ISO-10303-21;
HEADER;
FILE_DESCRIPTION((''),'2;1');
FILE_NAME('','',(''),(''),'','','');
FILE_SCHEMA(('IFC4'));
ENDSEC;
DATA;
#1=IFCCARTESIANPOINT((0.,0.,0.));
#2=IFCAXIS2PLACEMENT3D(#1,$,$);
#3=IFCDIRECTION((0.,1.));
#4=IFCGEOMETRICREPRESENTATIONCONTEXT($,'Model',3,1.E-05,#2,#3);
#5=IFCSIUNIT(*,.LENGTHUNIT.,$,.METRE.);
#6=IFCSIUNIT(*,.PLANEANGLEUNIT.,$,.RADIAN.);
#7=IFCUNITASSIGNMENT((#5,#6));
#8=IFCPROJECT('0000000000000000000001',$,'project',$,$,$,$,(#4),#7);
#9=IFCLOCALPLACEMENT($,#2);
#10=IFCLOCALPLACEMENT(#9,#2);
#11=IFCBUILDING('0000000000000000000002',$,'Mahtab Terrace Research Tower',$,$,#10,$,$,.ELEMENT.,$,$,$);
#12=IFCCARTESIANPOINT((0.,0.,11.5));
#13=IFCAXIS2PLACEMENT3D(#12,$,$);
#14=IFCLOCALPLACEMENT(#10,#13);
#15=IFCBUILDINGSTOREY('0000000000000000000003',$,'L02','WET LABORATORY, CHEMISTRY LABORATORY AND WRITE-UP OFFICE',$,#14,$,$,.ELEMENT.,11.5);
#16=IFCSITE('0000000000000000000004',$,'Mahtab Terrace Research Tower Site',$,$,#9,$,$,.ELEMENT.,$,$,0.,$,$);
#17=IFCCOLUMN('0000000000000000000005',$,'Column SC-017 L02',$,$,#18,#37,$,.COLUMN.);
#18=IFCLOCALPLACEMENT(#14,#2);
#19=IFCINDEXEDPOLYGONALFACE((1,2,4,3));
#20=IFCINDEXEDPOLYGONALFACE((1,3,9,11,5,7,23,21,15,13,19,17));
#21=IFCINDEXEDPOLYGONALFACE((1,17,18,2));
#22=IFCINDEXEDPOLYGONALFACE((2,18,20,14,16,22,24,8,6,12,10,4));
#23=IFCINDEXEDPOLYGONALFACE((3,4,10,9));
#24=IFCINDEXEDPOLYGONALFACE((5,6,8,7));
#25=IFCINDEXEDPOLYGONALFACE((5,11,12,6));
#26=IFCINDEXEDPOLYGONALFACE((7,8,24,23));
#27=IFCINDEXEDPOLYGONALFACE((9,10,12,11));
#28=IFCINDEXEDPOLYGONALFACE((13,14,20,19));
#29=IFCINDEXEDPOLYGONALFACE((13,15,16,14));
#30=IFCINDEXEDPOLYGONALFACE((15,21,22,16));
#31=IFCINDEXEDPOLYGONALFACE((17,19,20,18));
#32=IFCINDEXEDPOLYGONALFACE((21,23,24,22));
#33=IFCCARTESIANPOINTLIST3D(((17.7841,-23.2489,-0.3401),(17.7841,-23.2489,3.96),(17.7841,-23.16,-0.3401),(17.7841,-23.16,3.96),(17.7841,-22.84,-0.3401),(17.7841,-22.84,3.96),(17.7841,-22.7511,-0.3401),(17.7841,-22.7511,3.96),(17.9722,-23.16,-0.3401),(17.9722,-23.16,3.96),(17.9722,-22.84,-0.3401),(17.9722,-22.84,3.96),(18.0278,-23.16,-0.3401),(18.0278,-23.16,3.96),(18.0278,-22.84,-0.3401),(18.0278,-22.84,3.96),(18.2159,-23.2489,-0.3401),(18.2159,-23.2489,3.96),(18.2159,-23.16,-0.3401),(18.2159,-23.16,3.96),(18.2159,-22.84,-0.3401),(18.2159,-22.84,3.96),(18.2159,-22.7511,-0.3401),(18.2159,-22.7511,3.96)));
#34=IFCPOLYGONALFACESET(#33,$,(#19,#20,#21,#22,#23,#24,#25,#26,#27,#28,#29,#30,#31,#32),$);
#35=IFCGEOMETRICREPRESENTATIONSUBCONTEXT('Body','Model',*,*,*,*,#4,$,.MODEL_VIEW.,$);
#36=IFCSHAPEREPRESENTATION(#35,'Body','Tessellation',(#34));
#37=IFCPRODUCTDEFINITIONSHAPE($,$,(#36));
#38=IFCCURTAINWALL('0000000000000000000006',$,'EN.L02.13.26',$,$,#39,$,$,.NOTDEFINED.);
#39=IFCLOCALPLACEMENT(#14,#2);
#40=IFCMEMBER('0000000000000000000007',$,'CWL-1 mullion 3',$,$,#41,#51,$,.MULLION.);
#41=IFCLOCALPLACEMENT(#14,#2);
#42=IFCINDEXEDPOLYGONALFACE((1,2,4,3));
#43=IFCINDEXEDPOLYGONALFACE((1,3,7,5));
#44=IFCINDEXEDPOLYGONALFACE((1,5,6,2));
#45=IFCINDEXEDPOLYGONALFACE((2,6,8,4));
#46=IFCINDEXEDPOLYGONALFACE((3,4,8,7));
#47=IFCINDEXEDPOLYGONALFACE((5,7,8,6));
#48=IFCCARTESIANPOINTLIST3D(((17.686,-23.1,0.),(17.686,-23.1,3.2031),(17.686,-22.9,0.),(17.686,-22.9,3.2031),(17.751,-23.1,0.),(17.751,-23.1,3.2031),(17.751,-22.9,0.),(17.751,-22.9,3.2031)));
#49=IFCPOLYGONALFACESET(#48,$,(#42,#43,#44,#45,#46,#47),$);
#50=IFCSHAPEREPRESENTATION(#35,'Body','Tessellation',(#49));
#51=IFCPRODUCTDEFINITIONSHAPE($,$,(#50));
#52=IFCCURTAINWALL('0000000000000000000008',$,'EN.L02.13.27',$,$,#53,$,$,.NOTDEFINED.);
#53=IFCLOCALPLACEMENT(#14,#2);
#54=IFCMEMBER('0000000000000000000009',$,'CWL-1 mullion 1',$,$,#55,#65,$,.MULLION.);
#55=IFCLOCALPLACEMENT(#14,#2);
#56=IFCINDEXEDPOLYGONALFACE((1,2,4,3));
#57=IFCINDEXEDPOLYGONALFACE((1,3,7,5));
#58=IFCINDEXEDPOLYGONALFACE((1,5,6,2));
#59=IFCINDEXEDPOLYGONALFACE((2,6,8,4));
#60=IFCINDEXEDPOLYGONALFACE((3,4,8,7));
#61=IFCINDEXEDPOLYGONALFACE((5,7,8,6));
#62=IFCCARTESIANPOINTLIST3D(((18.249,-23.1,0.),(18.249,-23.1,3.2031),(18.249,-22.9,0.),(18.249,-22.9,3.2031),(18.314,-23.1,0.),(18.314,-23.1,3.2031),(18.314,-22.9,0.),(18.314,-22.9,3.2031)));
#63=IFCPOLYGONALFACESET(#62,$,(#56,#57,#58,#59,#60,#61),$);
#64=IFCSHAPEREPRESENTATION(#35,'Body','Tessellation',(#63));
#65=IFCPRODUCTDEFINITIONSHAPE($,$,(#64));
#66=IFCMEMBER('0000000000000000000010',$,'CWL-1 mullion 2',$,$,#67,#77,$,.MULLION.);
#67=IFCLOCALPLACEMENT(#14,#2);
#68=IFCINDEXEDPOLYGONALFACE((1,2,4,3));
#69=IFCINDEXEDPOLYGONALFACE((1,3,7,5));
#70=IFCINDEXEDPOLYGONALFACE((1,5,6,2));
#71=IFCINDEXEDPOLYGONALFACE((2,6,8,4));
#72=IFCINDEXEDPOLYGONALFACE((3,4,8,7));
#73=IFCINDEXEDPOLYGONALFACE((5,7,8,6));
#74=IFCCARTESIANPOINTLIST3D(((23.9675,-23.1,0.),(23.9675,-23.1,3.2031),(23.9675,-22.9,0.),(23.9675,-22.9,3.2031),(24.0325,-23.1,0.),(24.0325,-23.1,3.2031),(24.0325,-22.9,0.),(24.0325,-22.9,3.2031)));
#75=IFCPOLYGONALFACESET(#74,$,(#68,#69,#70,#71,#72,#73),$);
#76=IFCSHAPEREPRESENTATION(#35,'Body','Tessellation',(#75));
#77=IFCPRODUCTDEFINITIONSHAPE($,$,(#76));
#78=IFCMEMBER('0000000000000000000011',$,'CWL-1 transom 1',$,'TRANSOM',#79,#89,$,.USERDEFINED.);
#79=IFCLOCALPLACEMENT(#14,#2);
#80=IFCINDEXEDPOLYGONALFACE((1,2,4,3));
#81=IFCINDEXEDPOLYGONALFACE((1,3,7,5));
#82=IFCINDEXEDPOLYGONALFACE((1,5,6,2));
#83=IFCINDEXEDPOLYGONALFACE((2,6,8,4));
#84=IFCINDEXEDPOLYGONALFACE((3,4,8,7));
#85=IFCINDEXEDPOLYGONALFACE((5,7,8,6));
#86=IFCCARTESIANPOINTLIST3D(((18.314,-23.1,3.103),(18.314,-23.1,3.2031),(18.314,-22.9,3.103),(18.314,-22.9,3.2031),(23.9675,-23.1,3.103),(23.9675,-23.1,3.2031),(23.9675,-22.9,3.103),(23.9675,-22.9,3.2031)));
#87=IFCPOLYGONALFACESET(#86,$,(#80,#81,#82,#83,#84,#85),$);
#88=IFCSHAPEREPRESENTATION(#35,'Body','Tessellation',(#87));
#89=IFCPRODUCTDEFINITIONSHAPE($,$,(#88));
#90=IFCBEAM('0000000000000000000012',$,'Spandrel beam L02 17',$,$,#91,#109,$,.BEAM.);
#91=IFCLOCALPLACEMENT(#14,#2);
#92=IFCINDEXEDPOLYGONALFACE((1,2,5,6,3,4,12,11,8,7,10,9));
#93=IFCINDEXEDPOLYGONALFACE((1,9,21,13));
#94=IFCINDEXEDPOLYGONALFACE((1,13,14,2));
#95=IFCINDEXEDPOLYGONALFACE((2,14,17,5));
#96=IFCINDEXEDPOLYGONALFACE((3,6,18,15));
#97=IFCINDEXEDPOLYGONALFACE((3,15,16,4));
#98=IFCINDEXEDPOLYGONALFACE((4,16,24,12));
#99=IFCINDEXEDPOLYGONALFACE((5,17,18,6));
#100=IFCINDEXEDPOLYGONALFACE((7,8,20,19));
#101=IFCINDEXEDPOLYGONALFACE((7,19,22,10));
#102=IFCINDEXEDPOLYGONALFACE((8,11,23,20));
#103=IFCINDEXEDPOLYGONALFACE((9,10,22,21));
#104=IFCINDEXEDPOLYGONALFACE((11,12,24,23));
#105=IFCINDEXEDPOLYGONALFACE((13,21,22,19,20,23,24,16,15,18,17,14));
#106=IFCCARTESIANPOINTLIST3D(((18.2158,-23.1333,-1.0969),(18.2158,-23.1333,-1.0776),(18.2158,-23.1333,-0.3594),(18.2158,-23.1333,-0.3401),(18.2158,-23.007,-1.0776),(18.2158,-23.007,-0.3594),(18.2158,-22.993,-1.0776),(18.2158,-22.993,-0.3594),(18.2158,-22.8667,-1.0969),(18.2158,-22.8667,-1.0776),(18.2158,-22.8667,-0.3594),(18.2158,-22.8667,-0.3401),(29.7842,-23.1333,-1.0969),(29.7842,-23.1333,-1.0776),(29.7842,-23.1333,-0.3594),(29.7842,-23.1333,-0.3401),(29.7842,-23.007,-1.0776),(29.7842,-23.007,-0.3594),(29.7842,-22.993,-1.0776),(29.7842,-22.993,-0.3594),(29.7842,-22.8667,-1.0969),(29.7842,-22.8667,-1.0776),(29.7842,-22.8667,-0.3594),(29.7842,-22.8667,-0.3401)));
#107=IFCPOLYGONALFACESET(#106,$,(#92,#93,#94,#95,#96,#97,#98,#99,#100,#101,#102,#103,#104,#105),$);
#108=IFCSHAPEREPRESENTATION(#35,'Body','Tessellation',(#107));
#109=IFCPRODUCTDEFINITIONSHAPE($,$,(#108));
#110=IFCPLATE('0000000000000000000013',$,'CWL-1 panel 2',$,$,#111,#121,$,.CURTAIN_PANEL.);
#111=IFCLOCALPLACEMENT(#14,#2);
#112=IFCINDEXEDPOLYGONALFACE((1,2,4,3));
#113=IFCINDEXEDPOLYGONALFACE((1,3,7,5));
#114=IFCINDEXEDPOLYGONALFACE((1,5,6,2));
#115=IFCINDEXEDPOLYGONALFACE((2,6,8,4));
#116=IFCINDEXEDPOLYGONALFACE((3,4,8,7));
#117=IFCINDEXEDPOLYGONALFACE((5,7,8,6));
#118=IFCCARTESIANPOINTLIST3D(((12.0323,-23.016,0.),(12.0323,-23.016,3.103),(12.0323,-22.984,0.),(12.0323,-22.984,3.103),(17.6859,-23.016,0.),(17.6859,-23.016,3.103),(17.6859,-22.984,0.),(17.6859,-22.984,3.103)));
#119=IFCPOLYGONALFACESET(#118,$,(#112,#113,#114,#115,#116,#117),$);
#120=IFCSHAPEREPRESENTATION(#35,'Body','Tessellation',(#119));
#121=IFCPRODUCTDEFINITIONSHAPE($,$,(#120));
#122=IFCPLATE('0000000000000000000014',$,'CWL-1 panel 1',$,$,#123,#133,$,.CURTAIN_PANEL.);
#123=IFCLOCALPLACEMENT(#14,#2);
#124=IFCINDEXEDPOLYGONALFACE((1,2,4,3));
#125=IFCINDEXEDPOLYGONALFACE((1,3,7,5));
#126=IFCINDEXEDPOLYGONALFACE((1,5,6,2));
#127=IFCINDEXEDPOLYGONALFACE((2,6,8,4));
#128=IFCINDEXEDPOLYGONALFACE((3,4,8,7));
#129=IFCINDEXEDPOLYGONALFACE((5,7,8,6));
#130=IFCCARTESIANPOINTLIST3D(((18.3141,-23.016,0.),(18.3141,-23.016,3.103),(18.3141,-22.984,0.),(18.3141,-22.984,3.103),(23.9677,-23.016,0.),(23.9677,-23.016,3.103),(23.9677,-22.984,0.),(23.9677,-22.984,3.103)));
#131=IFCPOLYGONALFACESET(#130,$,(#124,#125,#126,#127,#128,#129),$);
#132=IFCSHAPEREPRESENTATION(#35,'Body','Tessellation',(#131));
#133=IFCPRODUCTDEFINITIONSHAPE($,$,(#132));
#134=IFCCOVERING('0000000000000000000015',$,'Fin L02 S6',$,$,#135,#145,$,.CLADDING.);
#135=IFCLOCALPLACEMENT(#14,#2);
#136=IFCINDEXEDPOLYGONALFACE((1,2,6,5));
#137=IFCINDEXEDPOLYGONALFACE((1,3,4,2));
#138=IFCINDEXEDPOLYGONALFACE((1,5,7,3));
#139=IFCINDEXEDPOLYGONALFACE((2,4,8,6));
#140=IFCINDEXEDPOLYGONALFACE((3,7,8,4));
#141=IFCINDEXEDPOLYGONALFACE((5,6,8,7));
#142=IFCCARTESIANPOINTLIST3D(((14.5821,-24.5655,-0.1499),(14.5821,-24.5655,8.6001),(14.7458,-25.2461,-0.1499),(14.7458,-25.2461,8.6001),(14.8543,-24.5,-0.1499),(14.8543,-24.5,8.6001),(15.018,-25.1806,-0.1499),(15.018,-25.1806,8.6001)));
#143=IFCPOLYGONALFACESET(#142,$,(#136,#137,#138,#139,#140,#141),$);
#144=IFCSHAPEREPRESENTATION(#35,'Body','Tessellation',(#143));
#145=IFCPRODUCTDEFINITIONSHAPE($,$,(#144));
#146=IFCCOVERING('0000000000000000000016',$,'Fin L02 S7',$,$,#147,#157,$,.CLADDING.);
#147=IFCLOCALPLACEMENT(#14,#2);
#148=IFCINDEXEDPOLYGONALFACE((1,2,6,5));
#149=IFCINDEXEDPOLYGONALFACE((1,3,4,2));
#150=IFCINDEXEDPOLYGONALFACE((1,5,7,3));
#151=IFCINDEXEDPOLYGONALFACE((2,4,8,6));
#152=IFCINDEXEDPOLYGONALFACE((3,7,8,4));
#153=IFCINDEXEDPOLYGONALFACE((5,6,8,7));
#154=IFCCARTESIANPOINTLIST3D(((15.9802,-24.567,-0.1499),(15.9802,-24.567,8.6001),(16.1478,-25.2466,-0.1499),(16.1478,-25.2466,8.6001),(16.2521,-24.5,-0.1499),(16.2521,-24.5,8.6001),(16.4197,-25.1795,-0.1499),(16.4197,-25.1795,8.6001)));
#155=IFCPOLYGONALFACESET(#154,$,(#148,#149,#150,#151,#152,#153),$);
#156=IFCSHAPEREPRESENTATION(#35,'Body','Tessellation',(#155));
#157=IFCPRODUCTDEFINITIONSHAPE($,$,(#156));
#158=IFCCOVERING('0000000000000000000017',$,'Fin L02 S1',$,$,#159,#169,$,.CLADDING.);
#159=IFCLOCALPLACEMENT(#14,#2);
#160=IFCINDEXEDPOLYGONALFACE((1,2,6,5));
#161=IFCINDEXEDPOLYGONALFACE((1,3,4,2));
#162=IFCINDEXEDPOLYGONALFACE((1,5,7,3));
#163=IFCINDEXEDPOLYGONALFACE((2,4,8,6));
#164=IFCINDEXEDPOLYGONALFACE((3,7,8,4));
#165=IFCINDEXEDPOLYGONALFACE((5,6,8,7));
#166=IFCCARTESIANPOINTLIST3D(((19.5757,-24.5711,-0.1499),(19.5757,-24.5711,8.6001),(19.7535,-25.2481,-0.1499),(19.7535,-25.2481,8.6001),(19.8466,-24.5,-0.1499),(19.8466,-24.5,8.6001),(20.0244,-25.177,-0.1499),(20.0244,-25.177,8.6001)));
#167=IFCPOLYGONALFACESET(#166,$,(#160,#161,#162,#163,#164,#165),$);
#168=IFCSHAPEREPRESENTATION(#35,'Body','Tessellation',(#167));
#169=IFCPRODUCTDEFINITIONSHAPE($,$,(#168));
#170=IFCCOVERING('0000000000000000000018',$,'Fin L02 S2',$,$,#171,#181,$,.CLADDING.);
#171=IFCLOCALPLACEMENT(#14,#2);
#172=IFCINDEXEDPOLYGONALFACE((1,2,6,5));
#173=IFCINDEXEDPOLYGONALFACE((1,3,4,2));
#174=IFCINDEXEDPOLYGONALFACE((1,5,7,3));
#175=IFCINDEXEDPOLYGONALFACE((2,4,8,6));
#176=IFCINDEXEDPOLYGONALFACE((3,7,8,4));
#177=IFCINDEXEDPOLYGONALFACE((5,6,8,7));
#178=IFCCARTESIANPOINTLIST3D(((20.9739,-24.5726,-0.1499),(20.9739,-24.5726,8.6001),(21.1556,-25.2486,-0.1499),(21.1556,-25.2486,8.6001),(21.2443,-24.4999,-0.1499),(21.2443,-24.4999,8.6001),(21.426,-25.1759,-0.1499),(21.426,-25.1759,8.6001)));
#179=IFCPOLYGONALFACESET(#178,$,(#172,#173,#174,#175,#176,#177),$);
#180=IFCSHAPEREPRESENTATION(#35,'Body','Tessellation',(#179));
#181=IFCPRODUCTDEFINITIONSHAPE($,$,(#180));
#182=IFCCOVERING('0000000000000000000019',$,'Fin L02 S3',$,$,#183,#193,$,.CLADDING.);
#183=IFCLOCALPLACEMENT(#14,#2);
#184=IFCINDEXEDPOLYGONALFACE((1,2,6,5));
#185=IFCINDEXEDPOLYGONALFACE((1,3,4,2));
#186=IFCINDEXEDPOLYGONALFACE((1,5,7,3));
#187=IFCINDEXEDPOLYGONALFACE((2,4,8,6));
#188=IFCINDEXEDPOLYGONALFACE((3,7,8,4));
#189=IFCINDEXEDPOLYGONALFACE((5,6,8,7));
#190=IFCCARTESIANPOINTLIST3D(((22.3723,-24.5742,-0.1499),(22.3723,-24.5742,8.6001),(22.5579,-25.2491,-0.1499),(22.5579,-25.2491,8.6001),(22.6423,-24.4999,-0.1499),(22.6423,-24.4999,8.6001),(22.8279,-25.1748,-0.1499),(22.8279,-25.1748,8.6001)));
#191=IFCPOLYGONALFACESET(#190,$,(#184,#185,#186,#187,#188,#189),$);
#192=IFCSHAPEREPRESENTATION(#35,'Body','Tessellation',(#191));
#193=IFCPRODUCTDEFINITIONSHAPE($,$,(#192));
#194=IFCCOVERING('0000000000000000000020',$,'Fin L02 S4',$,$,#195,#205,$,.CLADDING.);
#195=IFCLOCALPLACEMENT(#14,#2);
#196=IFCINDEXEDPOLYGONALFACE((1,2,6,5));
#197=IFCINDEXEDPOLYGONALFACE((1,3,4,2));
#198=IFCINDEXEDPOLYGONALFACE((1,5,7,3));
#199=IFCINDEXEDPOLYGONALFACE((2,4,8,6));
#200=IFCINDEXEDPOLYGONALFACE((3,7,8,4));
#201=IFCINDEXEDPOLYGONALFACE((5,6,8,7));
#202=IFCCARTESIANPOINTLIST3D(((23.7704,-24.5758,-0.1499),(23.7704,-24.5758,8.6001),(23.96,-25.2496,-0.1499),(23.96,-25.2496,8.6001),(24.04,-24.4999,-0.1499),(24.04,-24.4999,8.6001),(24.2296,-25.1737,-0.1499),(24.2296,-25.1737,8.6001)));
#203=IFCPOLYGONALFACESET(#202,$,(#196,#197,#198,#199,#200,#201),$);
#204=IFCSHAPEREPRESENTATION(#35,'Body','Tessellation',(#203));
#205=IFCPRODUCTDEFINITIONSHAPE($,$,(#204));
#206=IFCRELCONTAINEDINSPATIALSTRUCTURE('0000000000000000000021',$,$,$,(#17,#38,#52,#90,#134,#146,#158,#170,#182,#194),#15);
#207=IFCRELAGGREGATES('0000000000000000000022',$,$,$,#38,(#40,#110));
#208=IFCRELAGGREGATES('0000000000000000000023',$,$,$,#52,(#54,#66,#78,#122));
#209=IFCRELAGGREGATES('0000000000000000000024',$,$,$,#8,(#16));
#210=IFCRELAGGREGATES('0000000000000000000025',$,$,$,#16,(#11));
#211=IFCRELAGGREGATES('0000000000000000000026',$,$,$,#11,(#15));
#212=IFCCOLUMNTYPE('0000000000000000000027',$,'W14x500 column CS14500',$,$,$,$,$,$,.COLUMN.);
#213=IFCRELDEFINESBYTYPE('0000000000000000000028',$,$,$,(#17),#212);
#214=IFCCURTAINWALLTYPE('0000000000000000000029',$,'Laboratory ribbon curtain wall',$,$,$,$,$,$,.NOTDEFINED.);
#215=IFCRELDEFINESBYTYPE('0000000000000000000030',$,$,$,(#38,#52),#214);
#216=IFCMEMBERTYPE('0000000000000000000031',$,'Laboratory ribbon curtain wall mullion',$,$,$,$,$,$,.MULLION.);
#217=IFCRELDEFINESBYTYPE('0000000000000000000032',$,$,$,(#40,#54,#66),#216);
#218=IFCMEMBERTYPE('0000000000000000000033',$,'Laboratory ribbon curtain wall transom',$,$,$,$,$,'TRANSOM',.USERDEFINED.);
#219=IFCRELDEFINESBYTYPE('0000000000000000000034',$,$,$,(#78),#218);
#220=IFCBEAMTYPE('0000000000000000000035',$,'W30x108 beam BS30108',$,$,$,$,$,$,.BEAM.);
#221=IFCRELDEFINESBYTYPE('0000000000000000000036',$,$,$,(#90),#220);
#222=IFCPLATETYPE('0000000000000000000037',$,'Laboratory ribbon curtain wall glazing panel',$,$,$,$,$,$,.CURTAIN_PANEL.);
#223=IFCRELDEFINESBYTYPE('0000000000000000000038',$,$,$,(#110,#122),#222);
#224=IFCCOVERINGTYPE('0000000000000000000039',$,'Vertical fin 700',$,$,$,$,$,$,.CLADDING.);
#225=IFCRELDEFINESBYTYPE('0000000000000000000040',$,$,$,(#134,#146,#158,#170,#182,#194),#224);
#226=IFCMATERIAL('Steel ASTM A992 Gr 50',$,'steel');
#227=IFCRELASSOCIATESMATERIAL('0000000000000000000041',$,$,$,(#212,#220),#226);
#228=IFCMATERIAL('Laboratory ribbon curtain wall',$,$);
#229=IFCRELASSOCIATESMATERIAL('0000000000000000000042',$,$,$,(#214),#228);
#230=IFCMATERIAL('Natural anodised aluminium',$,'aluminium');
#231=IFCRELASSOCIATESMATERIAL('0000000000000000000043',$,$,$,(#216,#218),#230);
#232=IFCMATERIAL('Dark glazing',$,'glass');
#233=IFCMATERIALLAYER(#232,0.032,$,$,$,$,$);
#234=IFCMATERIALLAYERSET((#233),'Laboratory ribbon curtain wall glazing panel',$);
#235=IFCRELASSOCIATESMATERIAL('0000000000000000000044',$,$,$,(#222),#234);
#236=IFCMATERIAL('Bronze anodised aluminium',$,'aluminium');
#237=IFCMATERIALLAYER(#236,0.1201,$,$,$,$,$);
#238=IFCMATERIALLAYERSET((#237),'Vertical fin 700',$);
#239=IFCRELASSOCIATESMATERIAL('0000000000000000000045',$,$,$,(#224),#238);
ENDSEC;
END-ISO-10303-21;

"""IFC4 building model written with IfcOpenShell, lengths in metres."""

from ifc_helpers import new_model, si_unit, direction, frame, origin, origin_2d, place, context, subcontext, project, spatial, rectangle, i_section, extrude, material, layer, layer_set, material_profile, profile_set, type_object, element, aggregate, save


model = new_model("IFC4")

# Units and contexts
model_context = context("Model", 3, precision=1e-05, world=origin(), true_north=direction((0.0, 1.0)))
body_context = subcontext(model_context, "Body", "Model", "MODEL_VIEW")
ifc_project = project(units=[si_unit("LENGTHUNIT", "METRE"), si_unit("PLANEANGLEUNIT", "RADIAN")], contexts=[model_context])

# Site, building, storey
site_placement = place(None, origin())
site = spatial("IfcSite", under=ifc_project, at=site_placement, Name="Mahtab Terrace Research Tower Site", CompositionType="ELEMENT", RefElevation=0.0)
building_placement = place(site_placement, origin())
building = spatial("IfcBuilding", under=site, at=building_placement, Name="Mahtab Terrace Research Tower", CompositionType="ELEMENT")
storey_placement = place(building_placement, frame((0.0, 0.0, 11.5)))
storey = spatial("IfcBuildingStorey", under=building, at=storey_placement, Name="L02", Description="WET LABORATORY, CHEMISTRY LABORATORY AND WRITE-UP OFFICE", CompositionType="ELEMENT", Elevation=11.5)

# Column
ifc_material_1 = material(Name="Steel ASTM A992 Gr 50", Category="steel")
ifc_material_profile_1 = material_profile(ifc_material_1, i_section(OverallWidth=0.4319, OverallDepth=0.4978, WebThickness=0.0557, FlangeThickness=0.0889, at=origin_2d()), Name="W14X500")
ifc_profile_set_1 = profile_set([ifc_material_profile_1], Name="Steel ASTM A992 Gr 50")
column_type = type_object("IfcColumnType", Name="W14x500 column CS14500", PredefinedType="COLUMN", material=ifc_profile_set_1)
column_placement = place(storey_placement, frame((18.0, -23.0, -0.3401), z_axis=(0.0, 0.0, 1.0), x_axis=(1.0, 0.0, 0.0)))
element("IfcColumn", 1, at=column_placement, inside=storey, type_object=column_type, Name="Column SC-017 L02", PredefinedType="COLUMN", context=body_context, shape_type="SweptSolid", body=[
    extrude(i_section(OverallWidth=0.4319, OverallDepth=0.4978, WebThickness=0.0557, FlangeThickness=0.0889, at=origin_2d()), origin(), (0.0, 0.0, 1.0), 4.3),
])

# Curtain wall, member
ifc_material_2 = material(Name="Laboratory ribbon curtain wall")
curtain_wall_type = type_object("IfcCurtainWallType", Name="Laboratory ribbon curtain wall", PredefinedType="NOTDEFINED", material=ifc_material_2)
curtain_wall_1_placement = place(storey_placement, origin())
curtain_wall_1 = element("IfcCurtainWall", 2, at=curtain_wall_1_placement, inside=storey, type_object=curtain_wall_type, Name="EN.L02.13.26", PredefinedType="NOTDEFINED")
ifc_material_3 = material(Name="Natural anodised aluminium", Category="aluminium")
ifc_material_profile_2 = material_profile(ifc_material_3, rectangle(XDim=0.2, YDim=0.0649, at=origin_2d()), Name="MULLION 65x200")
ifc_profile_set_2 = profile_set([ifc_material_profile_2], Name="Natural anodised aluminium")
member_type_1 = type_object("IfcMemberType", Name="Laboratory ribbon curtain wall mullion", PredefinedType="MULLION", material=ifc_profile_set_2)
member_1_placement = place(storey_placement, frame((17.7185, -23.0, 0.0), z_axis=(0.0, 0.0, 1.0), x_axis=(0.0, 1.0, 0.0)))
member_1 = element("IfcMember", 3, at=member_1_placement, type_object=member_type_1, Name="CWL-1 mullion 3", PredefinedType="MULLION", context=body_context, shape_type="SweptSolid", body=[
    extrude(rectangle(XDim=0.2, YDim=0.0649, at=origin_2d()), origin(), (0.0, 0.0, 1.0), 3.2031),
])

# Curtain wall, members
curtain_wall_2_placement = place(storey_placement, origin())
curtain_wall_2 = element("IfcCurtainWall", 4, at=curtain_wall_2_placement, inside=storey, type_object=curtain_wall_type, Name="EN.L02.13.27", PredefinedType="NOTDEFINED")
member_2_placement = place(storey_placement, frame((18.2815, -23.0, 0.0), z_axis=(0.0, 0.0, 1.0), x_axis=(0.0, 1.0, 0.0)))
member_2 = element("IfcMember", 5, at=member_2_placement, type_object=member_type_1, Name="CWL-1 mullion 1", PredefinedType="MULLION", context=body_context, shape_type="SweptSolid", body=[
    extrude(rectangle(XDim=0.2, YDim=0.0649, at=origin_2d()), origin(), (0.0, 0.0, 1.0), 3.2031),
])
member_3_placement = place(storey_placement, frame((24.0, -23.0, 0.0), z_axis=(0.0, 0.0, 1.0), x_axis=(0.0, 1.0, 0.0)))
member_3 = element("IfcMember", 6, at=member_3_placement, type_object=member_type_1, Name="CWL-1 mullion 2", PredefinedType="MULLION", context=body_context, shape_type="SweptSolid", body=[
    extrude(rectangle(XDim=0.2, YDim=0.0649, at=origin_2d()), origin(), (0.0, 0.0, 1.0), 3.2031),
])
ifc_material_profile_3 = material_profile(ifc_material_3, rectangle(XDim=0.2, YDim=0.1001, at=origin_2d()), Name="TRANSOM 100x200")
ifc_profile_set_3 = profile_set([ifc_material_profile_3], Name="Natural anodised aluminium")
member_type_2 = type_object("IfcMemberType", Name="Laboratory ribbon curtain wall transom", ElementType="TRANSOM", PredefinedType="USERDEFINED", material=ifc_profile_set_3)
member_4_placement = place(storey_placement, frame((18.314, -23.0, 3.1531), z_axis=(1.0, 0.0, 0.0), x_axis=(0.0, 1.0, 0.0)))
member_4 = element("IfcMember", 7, at=member_4_placement, type_object=member_type_2, Name="CWL-1 transom 1", ObjectType="TRANSOM", PredefinedType="USERDEFINED", context=body_context, shape_type="SweptSolid", body=[
    extrude(rectangle(XDim=0.2, YDim=0.1001, at=origin_2d()), origin(), (0.0, 0.0, 1.0), 5.6536),
])

# Beam
ifc_material_profile_4 = material_profile(ifc_material_1, i_section(OverallWidth=0.2666, OverallDepth=0.7568, WebThickness=0.0139, FlangeThickness=0.0193, at=origin_2d()), Name="W30X108")
ifc_profile_set_4 = profile_set([ifc_material_profile_4], Name="Steel ASTM A992 Gr 50")
beam_type = type_object("IfcBeamType", Name="W30x108 beam BS30108", PredefinedType="BEAM", material=ifc_profile_set_4)
beam_placement = place(storey_placement, frame((18.2158, -23.0, -0.7185), z_axis=(1.0, 0.0, 0.0), x_axis=(0.0, 1.0, 0.0)))
element("IfcBeam", 8, at=beam_placement, inside=storey, type_object=beam_type, Name="Spandrel beam L02 17", PredefinedType="BEAM", context=body_context, shape_type="SweptSolid", body=[
    extrude(i_section(OverallWidth=0.2666, OverallDepth=0.7568, WebThickness=0.0139, FlangeThickness=0.0193, at=origin_2d()), origin(), (0.0, 0.0, 1.0), 11.5684),
])

# Plates
ifc_material_4 = material(Name="Dark glazing", Category="glass")
ifc_layer_1 = layer(ifc_material_4, 0.032)
ifc_layer_set_1 = layer_set([ifc_layer_1], Name="Laboratory ribbon curtain wall glazing panel")
plate_type = type_object("IfcPlateType", Name="Laboratory ribbon curtain wall glazing panel", PredefinedType="CURTAIN_PANEL", material=ifc_layer_set_1)
plate_1_placement = place(storey_placement, frame((14.8591, -23.0, 0.0), z_axis=(0.0, 0.0, 1.0), x_axis=(1.0, 0.0, 0.0)))
plate_1 = element("IfcPlate", 9, at=plate_1_placement, type_object=plate_type, Name="CWL-1 panel 2", PredefinedType="CURTAIN_PANEL", context=body_context, shape_type="SweptSolid", body=[
    extrude(rectangle(XDim=5.6536, YDim=0.032, at=origin_2d()), origin(), (0.0, 0.0, 1.0), 3.103),
])
aggregate(curtain_wall_1, [member_1, plate_1])
plate_2_placement = place(storey_placement, frame((21.1409, -23.0, 0.0), z_axis=(0.0, 0.0, 1.0), x_axis=(1.0, 0.0, 0.0)))
plate_2 = element("IfcPlate", 10, at=plate_2_placement, type_object=plate_type, Name="CWL-1 panel 1", PredefinedType="CURTAIN_PANEL", context=body_context, shape_type="SweptSolid", body=[
    extrude(rectangle(XDim=5.6536, YDim=0.032, at=origin_2d()), origin(), (0.0, 0.0, 1.0), 3.103),
])
aggregate(curtain_wall_2, [member_2, member_3, member_4, plate_2])

# Coverings
ifc_material_5 = material(Name="Bronze anodised aluminium", Category="aluminium")
ifc_layer_2 = layer(ifc_material_5, 0.1201)
ifc_layer_set_2 = layer_set([ifc_layer_2], Name="Vertical fin 700")
covering_type_1 = type_object("IfcCoveringType", Name="Vertical fin 700", PredefinedType="CLADDING", material=ifc_layer_set_2)
for number, where, z_axis, x_axis, name in (
    (11, (14.8, -24.873, -0.1499), (0.0, 0.0, 1.0), (0.972273, 0.233849, 0.0), "Fin L02 S6"),
    (12, (16.2, -24.8733, -0.1499), (0.0, 0.0, 1.0), (0.970896, 0.239502, 0.0), "Fin L02 S7"),
    (13, (19.8, -24.874, -0.1499), (0.0, 0.0, 1.0), (0.967204, 0.253999, 0.0), "Fin L02 S1"),
    (14, (21.2, -24.8743, -0.1499), (0.0, 0.0, 1.0), (0.96571, 0.259622, 0.0), "Fin L02 S2"),
    (15, (22.6001, -24.8745, -0.1499), (0.0, 0.0, 1.0), (0.964184, 0.265236, 0.0), "Fin L02 S3"),
    (16, (24.0, -24.8748, -0.1499), (0.0, 0.0, 1.0), (0.962624, 0.27084, 0.0), "Fin L02 S4"),
):
    element("IfcCovering", number, at=place(storey_placement, frame(where, z_axis=z_axis, x_axis=x_axis)), inside=storey, type_object=covering_type_1, Name=name, PredefinedType="CLADDING", context=body_context, shape_type="SweptSolid", body=[
        extrude(rectangle(XDim=0.28, YDim=0.7, at=origin_2d()), origin(), (0.0, 0.0, 1.0), 8.75),
    ])

save(model, "model.ifc")
